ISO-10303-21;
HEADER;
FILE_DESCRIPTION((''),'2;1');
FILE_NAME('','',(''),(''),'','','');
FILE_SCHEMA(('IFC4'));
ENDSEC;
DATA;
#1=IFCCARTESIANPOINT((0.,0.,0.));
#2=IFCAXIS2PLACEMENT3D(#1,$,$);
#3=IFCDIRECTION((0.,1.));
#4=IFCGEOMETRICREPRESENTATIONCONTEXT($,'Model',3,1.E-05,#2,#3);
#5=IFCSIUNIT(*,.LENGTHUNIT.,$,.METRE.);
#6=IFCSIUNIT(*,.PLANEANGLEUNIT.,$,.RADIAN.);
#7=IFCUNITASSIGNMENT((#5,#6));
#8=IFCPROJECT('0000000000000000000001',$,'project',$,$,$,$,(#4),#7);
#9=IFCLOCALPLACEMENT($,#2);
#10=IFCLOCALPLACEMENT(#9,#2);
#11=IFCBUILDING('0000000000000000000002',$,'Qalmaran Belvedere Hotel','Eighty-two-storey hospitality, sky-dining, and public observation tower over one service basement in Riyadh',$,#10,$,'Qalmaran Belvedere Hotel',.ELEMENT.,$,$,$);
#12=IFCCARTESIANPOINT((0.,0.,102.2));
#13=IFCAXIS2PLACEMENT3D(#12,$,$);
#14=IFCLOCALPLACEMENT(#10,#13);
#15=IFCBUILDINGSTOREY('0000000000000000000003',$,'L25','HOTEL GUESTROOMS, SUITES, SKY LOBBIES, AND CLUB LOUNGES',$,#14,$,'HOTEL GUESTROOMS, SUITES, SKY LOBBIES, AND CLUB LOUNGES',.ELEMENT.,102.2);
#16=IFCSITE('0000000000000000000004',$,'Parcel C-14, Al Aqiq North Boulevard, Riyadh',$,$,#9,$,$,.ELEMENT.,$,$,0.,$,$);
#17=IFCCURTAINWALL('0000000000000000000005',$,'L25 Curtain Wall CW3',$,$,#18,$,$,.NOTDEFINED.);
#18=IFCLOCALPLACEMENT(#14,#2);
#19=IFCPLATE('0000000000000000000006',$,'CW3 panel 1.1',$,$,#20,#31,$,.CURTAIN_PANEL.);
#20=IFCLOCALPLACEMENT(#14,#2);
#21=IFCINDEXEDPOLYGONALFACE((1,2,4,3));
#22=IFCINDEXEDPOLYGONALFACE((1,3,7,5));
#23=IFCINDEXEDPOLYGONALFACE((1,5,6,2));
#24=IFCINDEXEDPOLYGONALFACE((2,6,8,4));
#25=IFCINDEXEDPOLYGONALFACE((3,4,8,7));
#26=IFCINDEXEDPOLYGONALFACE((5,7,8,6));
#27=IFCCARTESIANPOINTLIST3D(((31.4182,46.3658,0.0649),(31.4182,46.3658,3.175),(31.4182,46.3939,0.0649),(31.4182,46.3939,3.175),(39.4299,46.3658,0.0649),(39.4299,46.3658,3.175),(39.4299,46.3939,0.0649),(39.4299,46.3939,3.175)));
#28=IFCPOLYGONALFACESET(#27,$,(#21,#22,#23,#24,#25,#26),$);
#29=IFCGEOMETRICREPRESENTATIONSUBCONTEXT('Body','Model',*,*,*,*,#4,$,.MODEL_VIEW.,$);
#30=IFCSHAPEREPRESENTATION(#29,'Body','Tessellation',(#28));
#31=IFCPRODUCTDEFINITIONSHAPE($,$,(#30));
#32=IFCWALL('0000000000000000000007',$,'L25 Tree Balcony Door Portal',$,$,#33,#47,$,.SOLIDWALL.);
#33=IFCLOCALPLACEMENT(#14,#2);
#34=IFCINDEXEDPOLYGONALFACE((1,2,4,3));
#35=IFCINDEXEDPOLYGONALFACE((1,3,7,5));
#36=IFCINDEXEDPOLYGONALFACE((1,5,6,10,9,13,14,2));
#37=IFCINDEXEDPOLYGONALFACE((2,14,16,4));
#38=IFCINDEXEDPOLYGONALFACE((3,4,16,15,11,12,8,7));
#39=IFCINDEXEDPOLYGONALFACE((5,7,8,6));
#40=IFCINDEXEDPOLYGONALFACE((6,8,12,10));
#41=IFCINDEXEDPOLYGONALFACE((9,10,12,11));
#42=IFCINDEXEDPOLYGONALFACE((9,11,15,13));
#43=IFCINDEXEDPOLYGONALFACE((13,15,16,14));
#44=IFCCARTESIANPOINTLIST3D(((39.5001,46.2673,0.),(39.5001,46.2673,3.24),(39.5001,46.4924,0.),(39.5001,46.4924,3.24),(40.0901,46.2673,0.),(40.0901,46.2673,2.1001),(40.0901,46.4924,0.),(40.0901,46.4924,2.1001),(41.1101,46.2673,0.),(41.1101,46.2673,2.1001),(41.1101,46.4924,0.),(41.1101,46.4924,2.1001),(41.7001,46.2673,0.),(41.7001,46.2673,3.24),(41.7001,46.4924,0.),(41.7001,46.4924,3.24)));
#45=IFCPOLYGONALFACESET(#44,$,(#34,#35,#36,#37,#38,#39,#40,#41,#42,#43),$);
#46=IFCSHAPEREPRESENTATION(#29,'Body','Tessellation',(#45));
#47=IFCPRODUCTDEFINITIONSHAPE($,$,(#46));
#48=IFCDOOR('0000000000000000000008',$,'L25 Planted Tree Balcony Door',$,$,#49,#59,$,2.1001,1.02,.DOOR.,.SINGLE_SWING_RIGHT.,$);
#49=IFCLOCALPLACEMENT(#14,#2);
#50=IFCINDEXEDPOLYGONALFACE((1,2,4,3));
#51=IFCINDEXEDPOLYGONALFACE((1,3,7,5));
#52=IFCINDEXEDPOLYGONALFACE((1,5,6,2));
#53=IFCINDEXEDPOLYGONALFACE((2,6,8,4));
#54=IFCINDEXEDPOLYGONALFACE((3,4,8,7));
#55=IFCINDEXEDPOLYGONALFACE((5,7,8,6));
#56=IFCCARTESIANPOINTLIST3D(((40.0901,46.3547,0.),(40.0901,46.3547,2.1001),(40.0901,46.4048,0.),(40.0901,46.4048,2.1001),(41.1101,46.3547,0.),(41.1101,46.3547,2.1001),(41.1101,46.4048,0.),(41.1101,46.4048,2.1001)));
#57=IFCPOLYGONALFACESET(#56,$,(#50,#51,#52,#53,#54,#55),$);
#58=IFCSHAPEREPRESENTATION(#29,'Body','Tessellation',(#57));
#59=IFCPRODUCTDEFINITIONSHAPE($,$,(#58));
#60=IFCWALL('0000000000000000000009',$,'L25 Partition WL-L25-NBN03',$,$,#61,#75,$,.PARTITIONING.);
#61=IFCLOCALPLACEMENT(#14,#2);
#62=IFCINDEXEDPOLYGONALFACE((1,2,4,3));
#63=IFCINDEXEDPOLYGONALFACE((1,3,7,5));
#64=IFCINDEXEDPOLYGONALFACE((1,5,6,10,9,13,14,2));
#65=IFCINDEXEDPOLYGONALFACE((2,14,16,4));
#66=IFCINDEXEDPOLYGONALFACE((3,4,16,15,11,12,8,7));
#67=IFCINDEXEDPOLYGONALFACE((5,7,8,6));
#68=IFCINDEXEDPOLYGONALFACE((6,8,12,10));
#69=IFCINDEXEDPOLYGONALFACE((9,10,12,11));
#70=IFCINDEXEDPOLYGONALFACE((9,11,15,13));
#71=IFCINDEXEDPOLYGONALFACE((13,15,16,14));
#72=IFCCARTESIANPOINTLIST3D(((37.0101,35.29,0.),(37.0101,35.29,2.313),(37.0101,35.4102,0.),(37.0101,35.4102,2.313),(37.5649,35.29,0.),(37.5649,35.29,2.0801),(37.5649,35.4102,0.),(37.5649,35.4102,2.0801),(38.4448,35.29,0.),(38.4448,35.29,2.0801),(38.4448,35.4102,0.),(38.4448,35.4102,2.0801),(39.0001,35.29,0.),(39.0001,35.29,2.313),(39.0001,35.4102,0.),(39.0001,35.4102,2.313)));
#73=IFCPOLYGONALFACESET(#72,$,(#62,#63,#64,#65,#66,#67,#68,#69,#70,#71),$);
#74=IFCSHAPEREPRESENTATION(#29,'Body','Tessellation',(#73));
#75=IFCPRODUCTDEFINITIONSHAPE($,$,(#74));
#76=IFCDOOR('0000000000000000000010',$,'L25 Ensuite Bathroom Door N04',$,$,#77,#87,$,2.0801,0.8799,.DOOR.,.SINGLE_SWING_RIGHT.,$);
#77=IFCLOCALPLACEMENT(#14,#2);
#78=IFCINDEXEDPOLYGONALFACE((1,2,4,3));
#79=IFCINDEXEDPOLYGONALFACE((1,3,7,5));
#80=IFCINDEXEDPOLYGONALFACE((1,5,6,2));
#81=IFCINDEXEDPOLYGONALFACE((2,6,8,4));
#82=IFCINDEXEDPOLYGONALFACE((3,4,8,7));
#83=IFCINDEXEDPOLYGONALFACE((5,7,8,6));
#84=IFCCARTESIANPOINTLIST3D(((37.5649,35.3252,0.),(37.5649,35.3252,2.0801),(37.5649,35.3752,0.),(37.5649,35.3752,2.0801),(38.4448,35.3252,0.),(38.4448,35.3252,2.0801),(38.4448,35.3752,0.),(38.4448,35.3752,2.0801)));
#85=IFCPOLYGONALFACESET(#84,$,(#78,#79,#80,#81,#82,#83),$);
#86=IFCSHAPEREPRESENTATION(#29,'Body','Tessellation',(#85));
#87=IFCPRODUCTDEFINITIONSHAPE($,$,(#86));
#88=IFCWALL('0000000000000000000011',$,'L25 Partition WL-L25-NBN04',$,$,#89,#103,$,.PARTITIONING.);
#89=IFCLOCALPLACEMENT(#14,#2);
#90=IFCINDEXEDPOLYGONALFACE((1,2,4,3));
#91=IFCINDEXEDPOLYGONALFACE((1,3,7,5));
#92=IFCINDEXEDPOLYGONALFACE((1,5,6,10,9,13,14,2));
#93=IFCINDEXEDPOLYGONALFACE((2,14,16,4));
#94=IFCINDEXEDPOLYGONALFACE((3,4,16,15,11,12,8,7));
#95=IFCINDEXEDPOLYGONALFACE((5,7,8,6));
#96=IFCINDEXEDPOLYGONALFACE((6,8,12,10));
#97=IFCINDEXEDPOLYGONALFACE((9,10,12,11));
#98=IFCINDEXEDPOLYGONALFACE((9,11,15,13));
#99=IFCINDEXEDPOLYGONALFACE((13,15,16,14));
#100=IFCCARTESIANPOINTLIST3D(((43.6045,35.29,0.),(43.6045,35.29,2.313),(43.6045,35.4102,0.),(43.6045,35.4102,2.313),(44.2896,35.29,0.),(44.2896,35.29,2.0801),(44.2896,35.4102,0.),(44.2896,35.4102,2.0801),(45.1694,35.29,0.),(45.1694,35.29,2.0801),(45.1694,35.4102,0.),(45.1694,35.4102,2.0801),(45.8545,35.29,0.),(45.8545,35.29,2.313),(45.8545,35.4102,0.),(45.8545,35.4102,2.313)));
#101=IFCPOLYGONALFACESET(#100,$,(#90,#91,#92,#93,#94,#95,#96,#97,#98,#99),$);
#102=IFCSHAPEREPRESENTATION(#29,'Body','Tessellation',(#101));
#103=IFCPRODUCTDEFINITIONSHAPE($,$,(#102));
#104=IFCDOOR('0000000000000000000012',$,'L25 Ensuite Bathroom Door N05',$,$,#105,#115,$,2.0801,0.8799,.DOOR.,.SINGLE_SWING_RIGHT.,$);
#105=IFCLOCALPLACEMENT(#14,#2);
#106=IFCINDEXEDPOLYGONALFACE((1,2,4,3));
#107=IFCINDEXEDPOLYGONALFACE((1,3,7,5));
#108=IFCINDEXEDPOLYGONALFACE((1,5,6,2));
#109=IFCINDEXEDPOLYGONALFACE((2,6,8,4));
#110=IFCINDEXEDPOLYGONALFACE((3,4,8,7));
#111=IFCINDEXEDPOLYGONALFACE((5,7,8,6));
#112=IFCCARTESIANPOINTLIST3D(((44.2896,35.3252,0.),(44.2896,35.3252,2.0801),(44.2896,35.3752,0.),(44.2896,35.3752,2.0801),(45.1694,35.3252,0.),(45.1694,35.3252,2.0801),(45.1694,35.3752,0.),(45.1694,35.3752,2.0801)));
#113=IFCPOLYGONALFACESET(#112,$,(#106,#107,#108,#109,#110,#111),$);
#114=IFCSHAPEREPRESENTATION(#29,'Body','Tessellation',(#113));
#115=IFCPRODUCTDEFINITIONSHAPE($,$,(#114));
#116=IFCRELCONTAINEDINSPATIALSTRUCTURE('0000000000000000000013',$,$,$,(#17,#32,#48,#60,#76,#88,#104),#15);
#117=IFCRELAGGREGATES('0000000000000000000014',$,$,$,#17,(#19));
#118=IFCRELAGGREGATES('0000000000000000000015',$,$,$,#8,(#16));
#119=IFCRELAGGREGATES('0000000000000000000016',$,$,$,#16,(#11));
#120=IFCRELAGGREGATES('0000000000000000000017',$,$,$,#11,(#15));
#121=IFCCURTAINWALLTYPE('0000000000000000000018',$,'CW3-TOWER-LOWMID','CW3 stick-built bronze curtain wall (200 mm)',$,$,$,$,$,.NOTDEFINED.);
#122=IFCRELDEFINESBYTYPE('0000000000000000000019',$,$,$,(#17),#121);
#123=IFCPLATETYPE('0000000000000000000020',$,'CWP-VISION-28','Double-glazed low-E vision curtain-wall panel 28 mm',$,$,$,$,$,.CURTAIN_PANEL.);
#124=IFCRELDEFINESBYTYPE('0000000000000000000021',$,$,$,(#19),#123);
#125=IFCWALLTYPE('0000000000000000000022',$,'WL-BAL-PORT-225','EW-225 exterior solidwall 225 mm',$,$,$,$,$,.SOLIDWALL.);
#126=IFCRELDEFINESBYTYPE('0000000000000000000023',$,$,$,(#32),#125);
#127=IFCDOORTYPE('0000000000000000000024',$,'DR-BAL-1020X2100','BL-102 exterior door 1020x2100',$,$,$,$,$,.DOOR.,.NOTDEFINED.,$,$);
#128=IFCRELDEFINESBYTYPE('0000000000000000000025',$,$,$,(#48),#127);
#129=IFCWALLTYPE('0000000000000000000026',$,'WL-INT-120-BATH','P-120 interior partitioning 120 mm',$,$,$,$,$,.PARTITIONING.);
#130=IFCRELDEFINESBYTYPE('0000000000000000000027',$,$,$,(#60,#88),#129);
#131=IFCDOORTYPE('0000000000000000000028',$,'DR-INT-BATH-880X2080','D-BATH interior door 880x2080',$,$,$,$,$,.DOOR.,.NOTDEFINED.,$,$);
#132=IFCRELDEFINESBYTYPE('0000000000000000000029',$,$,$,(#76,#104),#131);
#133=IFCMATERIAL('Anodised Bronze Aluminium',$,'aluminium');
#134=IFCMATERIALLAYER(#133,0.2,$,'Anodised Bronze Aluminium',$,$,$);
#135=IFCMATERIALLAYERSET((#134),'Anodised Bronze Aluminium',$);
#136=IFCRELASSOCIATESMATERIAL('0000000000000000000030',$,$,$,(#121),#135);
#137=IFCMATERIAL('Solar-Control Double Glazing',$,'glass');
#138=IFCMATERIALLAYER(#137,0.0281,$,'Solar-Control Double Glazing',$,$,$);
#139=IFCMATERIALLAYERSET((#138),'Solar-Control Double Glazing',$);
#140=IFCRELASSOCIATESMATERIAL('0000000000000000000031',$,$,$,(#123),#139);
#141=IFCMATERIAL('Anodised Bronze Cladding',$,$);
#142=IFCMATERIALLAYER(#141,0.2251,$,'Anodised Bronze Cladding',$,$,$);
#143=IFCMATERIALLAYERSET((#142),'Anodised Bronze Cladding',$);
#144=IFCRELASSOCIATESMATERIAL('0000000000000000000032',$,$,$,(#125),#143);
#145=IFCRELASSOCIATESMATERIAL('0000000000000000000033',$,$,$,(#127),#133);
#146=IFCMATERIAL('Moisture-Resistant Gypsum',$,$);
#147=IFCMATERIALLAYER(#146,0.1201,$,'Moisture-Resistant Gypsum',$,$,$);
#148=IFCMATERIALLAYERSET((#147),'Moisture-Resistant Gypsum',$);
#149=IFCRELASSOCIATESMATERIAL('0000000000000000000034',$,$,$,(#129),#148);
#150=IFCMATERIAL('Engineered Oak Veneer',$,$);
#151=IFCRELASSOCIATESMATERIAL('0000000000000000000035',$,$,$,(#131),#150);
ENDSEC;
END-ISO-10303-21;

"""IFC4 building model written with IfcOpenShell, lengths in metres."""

from ifc_helpers import new_model, si_unit, direction, frame, frame_2d, origin, origin_2d, place, context, subcontext, project, spatial, rectangle, extrude, material, layer, layer_set, type_object, element, fill, aggregate, save


model = new_model("IFC4")

# Units and contexts
model_context = context("Model", 3, precision=1e-05, world=origin(), true_north=direction((0.0, 1.0)))
body_context = subcontext(model_context, "Body", "Model", "MODEL_VIEW")
ifc_project = project(units=[si_unit("LENGTHUNIT", "METRE"), si_unit("PLANEANGLEUNIT", "RADIAN")], contexts=[model_context])

# Site, building, storey
site_placement = place(None, origin())
site = spatial("IfcSite", under=ifc_project, at=site_placement, Name="Parcel C-14, Al Aqiq North Boulevard, Riyadh", CompositionType="ELEMENT", RefElevation=0.0)
building_placement = place(site_placement, origin())
building = spatial("IfcBuilding", under=site, at=building_placement, Name="Qalmaran Belvedere Hotel", Description="Eighty-two-storey hospitality, sky-dining, and public observation tower over one service basement in Riyadh", LongName="Qalmaran Belvedere Hotel", CompositionType="ELEMENT")
storey_placement = place(building_placement, frame((0.0, 0.0, 102.2)))
storey = spatial("IfcBuildingStorey", under=building, at=storey_placement, Name="L25", Description="HOTEL GUESTROOMS, SUITES, SKY LOBBIES, AND CLUB LOUNGES", LongName="HOTEL GUESTROOMS, SUITES, SKY LOBBIES, AND CLUB LOUNGES", CompositionType="ELEMENT", Elevation=102.2)

# Curtain wall
ifc_material_1 = material(Name="Anodised Bronze Aluminium", Category="aluminium")
ifc_layer_1 = layer(ifc_material_1, 0.2, Name="Anodised Bronze Aluminium")
ifc_layer_set_1 = layer_set([ifc_layer_1], Name="Anodised Bronze Aluminium")
curtain_wall_type = type_object("IfcCurtainWallType", Name="CW3-TOWER-LOWMID", Description="CW3 stick-built bronze curtain wall (200 mm)", PredefinedType="NOTDEFINED", material=ifc_layer_set_1)
curtain_wall_1_placement = place(storey_placement, origin())
curtain_wall_1 = element("IfcCurtainWall", 1, at=curtain_wall_1_placement, inside=storey, type_object=curtain_wall_type, Name="L25 Curtain Wall CW3", PredefinedType="NOTDEFINED")

# Plate
ifc_material_2 = material(Name="Solar-Control Double Glazing", Category="glass")
ifc_layer_2 = layer(ifc_material_2, 0.0281, Name="Solar-Control Double Glazing")
ifc_layer_set_2 = layer_set([ifc_layer_2], Name="Solar-Control Double Glazing")
plate_type = type_object("IfcPlateType", Name="CWP-VISION-28", Description="Double-glazed low-E vision curtain-wall panel 28 mm", PredefinedType="CURTAIN_PANEL", material=ifc_layer_set_2)
plate_placement = place(storey_placement, frame((35.4241, 46.3799, 0.0649), z_axis=(0.0, 0.0, 1.0), x_axis=(-1.0, 0.0, 0.0)))
plate = element("IfcPlate", 2, at=plate_placement, type_object=plate_type, Name="CW3 panel 1.1", PredefinedType="CURTAIN_PANEL", context=body_context, shape_type="SweptSolid", body=[
    extrude(rectangle(XDim=8.0117, YDim=0.0281, at=origin_2d()), origin(), (0.0, 0.0, 1.0), 3.1101),
])
aggregate(curtain_wall_1, [plate])

# Walls, openings, doors
ifc_material_3 = material(Name="Anodised Bronze Cladding")
ifc_layer_3 = layer(ifc_material_3, 0.2251, Name="Anodised Bronze Cladding")
ifc_layer_set_3 = layer_set([ifc_layer_3], Name="Anodised Bronze Cladding")
wall_type_1 = type_object("IfcWallType", Name="WL-BAL-PORT-225", Description="EW-225 exterior solidwall 225 mm", PredefinedType="SOLIDWALL", material=ifc_layer_set_3)
wall_1_placement = place(storey_placement, frame((39.5, 46.3799, 0.0), z_axis=(0.0, 0.0, 1.0), x_axis=(1.0, 0.0, 0.0)))
wall_1 = element("IfcWall", 3, at=wall_1_placement, inside=storey, type_object=wall_type_1, Name="L25 Tree Balcony Door Portal", PredefinedType="SOLIDWALL", context=body_context, shape_type="SweptSolid", body=[
    extrude(rectangle(XDim=2.2, YDim=0.2251, at=frame_2d((1.1001, 0.0))), origin(), (0.0, 0.0, 1.0), 3.24),
])
opening_1_placement = place(wall_1_placement, frame((0.5901, 0.0, 0.0)))
opening_1 = element("IfcOpeningElement", 4, at=opening_1_placement, cuts=wall_1, PredefinedType="OPENING", context=body_context, shape_type="SweptSolid", body=[
    extrude(rectangle(XDim=1.02, YDim=2.1001, at=frame_2d((0.51, 1.05))), frame((0.0, 0.1226, 0.0), z_axis=(0.0, -1.0, 0.0), x_axis=(1.0, 0.0, 0.0)), (0.0, 0.0, 1.0), 0.2451),
])
door_type_1 = type_object("IfcDoorType", Name="DR-BAL-1020X2100", Description="BL-102 exterior door 1020x2100", OperationType="NOTDEFINED", PredefinedType="DOOR", material=ifc_material_1)
door_1_placement = place(opening_1_placement, origin())
door_1 = element("IfcDoor", 5, at=door_1_placement, inside=storey, type_object=door_type_1, Name="L25 Planted Tree Balcony Door", OperationType="SINGLE_SWING_RIGHT", OverallHeight=2.1001, OverallWidth=1.02, PredefinedType="DOOR", context=body_context, shape_type="SweptSolid", body=[
    extrude(rectangle(XDim=1.02, YDim=2.1001, at=frame_2d((0.51, 1.05))), frame((0.0, 0.0249, 0.0), z_axis=(0.0, -1.0, 0.0), x_axis=(1.0, 0.0, 0.0)), (0.0, 0.0, 1.0), 0.05),
])
fill(opening_1, door_1)
ifc_material_4 = material(Name="Moisture-Resistant Gypsum")
ifc_layer_4 = layer(ifc_material_4, 0.1201, Name="Moisture-Resistant Gypsum")
ifc_layer_set_4 = layer_set([ifc_layer_4], Name="Moisture-Resistant Gypsum")
wall_type_2 = type_object("IfcWallType", Name="WL-INT-120-BATH", Description="P-120 interior partitioning 120 mm", PredefinedType="PARTITIONING", material=ifc_layer_set_4)
wall_2_placement = place(storey_placement, frame((37.01, 35.3501, 0.0), z_axis=(0.0, 0.0, 1.0), x_axis=(1.0, 0.0, 0.0)))
wall_2 = element("IfcWall", 6, at=wall_2_placement, inside=storey, type_object=wall_type_2, Name="L25 Partition WL-L25-NBN03", PredefinedType="PARTITIONING", context=body_context, shape_type="SweptSolid", body=[
    extrude(rectangle(XDim=1.99, YDim=0.1201, at=frame_2d((0.9951, 0.0))), origin(), (0.0, 0.0, 1.0), 2.313),
])
opening_2_placement = place(wall_2_placement, frame((1.4348, 0.0, 0.0), z_axis=(0.0, 0.0, 1.0), x_axis=(-1.0, 0.0, 0.0)))
opening_2 = element("IfcOpeningElement", 7, at=opening_2_placement, cuts=wall_2, PredefinedType="OPENING", context=body_context, shape_type="SweptSolid", body=[
    extrude(rectangle(XDim=0.8799, YDim=2.0801, at=frame_2d((0.4399, 1.04))), frame((0.0, 0.0701, 0.0), z_axis=(0.0, -1.0, 0.0), x_axis=(1.0, 0.0, 0.0)), (0.0, 0.0, 1.0), 0.1401),
])
ifc_material_5 = material(Name="Engineered Oak Veneer")
door_type_2 = type_object("IfcDoorType", Name="DR-INT-BATH-880X2080", Description="D-BATH interior door 880x2080", OperationType="NOTDEFINED", PredefinedType="DOOR", material=ifc_material_5)
door_2_placement = place(opening_2_placement, origin())
door_2 = element("IfcDoor", 8, at=door_2_placement, inside=storey, type_object=door_type_2, Name="L25 Ensuite Bathroom Door N04", OperationType="SINGLE_SWING_RIGHT", OverallHeight=2.0801, OverallWidth=0.8799, PredefinedType="DOOR", context=body_context, shape_type="SweptSolid", body=[
    extrude(rectangle(XDim=0.8799, YDim=2.0801, at=frame_2d((0.4399, 1.04))), frame((0.0, 0.0249, 0.0), z_axis=(0.0, -1.0, 0.0), x_axis=(1.0, 0.0, 0.0)), (0.0, 0.0, 1.0), 0.05),
])
fill(opening_2, door_2)
wall_3_placement = place(storey_placement, frame((43.6045, 35.3501, 0.0), z_axis=(0.0, 0.0, 1.0), x_axis=(1.0, 0.0, 0.0)))
wall_3 = element("IfcWall", 9, at=wall_3_placement, inside=storey, type_object=wall_type_2, Name="L25 Partition WL-L25-NBN04", PredefinedType="PARTITIONING", context=body_context, shape_type="SweptSolid", body=[
    extrude(rectangle(XDim=2.25, YDim=0.1201, at=frame_2d((1.125, 0.0))), origin(), (0.0, 0.0, 1.0), 2.313),
])
opening_3_placement = place(wall_3_placement, frame((1.5649, 0.0, 0.0), z_axis=(0.0, 0.0, 1.0), x_axis=(-1.0, 0.0, 0.0)))
opening_3 = element("IfcOpeningElement", 10, at=opening_3_placement, cuts=wall_3, PredefinedType="OPENING", context=body_context, shape_type="SweptSolid", body=[
    extrude(rectangle(XDim=0.8799, YDim=2.0801, at=frame_2d((0.4399, 1.04))), frame((0.0, 0.0701, 0.0), z_axis=(0.0, -1.0, 0.0), x_axis=(1.0, 0.0, 0.0)), (0.0, 0.0, 1.0), 0.1401),
])
door_3_placement = place(opening_3_placement, origin())
door_3 = element("IfcDoor", 11, at=door_3_placement, inside=storey, type_object=door_type_2, Name="L25 Ensuite Bathroom Door N05", OperationType="SINGLE_SWING_RIGHT", OverallHeight=2.0801, OverallWidth=0.8799, PredefinedType="DOOR", context=body_context, shape_type="SweptSolid", body=[
    extrude(rectangle(XDim=0.8799, YDim=2.0801, at=frame_2d((0.4399, 1.04))), frame((0.0, 0.0249, 0.0), z_axis=(0.0, -1.0, 0.0), x_axis=(1.0, 0.0, 0.0)), (0.0, 0.0, 1.0), 0.05),
])
fill(opening_3, door_3)

save(model, "model.ifc")
